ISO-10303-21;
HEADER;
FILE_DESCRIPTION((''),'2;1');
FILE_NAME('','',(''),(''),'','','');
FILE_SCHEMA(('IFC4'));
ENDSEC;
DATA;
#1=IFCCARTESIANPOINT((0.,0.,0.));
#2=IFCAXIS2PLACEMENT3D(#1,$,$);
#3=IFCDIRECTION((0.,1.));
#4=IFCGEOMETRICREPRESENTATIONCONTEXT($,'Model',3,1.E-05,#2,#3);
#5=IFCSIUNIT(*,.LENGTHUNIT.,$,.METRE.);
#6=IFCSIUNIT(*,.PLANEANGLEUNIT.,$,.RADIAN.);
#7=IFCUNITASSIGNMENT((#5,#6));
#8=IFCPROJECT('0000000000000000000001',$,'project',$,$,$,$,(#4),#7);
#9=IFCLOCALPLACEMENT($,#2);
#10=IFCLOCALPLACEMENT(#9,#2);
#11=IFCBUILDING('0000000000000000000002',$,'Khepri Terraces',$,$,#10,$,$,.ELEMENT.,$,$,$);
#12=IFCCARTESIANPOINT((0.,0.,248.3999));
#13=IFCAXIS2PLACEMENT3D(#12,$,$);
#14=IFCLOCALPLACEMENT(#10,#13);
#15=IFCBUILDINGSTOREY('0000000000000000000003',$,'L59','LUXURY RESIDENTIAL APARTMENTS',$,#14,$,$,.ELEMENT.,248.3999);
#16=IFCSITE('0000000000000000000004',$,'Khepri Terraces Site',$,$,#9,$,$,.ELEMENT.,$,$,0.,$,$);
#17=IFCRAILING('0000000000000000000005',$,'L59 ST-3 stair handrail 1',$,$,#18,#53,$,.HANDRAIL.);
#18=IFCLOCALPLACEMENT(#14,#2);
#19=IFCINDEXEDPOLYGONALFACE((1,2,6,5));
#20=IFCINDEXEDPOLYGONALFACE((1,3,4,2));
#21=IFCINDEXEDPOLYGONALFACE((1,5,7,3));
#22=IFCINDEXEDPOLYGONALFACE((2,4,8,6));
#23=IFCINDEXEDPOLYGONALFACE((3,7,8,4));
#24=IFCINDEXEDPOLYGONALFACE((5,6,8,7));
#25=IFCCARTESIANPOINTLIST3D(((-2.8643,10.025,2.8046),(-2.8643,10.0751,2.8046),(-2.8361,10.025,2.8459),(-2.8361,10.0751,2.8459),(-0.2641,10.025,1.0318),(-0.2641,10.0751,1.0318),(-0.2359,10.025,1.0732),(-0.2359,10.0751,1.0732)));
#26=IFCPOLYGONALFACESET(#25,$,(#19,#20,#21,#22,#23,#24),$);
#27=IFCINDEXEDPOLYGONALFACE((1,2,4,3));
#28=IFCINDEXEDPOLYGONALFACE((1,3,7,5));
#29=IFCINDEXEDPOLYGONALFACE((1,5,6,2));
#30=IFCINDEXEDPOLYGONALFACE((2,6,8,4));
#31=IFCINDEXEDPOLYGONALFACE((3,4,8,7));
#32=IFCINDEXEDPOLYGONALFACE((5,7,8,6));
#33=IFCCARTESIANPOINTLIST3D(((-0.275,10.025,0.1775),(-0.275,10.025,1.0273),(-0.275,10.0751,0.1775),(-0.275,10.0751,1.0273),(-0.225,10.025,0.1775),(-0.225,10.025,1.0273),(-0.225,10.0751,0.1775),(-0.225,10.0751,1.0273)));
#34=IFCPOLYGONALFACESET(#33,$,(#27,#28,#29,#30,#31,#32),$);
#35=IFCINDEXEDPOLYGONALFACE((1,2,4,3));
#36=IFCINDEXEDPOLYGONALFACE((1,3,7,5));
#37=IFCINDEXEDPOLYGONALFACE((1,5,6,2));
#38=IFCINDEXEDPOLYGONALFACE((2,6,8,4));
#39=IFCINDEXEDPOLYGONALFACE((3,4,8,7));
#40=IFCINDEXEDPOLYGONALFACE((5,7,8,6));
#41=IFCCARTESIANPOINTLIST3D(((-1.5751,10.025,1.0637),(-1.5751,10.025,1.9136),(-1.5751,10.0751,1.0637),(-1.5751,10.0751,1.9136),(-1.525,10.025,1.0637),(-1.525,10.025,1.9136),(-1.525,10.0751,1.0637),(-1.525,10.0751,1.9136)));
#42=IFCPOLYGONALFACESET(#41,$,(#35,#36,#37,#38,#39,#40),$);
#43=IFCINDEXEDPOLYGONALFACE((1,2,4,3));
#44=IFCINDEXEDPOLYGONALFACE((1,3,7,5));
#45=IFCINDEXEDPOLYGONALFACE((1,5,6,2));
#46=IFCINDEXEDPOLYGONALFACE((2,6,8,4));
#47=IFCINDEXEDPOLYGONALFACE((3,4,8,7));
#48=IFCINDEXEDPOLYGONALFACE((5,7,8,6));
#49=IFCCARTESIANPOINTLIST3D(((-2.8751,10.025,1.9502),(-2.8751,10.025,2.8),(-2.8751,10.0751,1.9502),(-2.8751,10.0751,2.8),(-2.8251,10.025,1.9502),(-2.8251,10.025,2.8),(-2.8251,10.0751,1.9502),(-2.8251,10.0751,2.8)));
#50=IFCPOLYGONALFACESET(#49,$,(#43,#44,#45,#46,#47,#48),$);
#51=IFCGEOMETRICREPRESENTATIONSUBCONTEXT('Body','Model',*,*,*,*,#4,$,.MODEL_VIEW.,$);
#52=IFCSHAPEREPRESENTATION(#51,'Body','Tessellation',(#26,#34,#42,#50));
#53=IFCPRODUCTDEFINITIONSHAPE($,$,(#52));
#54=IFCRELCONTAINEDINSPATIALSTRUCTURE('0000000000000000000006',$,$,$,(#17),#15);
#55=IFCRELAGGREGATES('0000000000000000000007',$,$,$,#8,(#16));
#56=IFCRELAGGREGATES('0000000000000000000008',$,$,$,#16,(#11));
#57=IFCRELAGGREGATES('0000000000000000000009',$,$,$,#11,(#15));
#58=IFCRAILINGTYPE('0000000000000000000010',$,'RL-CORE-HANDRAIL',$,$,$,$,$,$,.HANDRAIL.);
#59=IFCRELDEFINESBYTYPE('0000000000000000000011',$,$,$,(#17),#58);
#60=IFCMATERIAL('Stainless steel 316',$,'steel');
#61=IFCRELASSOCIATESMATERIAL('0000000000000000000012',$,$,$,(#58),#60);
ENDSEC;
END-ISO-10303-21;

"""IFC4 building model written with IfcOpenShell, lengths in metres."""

from ifc_helpers import new_model, si_unit, direction, frame, origin, origin_2d, place, context, subcontext, project, spatial, rectangle, extrude, material, type_object, element, save


model = new_model("IFC4")

# Units and contexts
model_context = context("Model", 3, precision=1e-05, world=origin(), true_north=direction((0.0, 1.0)))
body_context = subcontext(model_context, "Body", "Model", "MODEL_VIEW")
ifc_project = project(units=[si_unit("LENGTHUNIT", "METRE"), si_unit("PLANEANGLEUNIT", "RADIAN")], contexts=[model_context])

# Site, building, storey
site_placement = place(None, origin())
site = spatial("IfcSite", under=ifc_project, at=site_placement, Name="Khepri Terraces Site", CompositionType="ELEMENT", RefElevation=0.0)
building_placement = place(site_placement, origin())
building = spatial("IfcBuilding", under=site, at=building_placement, Name="Khepri Terraces", CompositionType="ELEMENT")
storey_placement = place(building_placement, frame((0.0, 0.0, 248.3999)))
storey = spatial("IfcBuildingStorey", under=building, at=storey_placement, Name="L59", Description="LUXURY RESIDENTIAL APARTMENTS", CompositionType="ELEMENT", Elevation=248.3999)

# Railing
ifc_material_1 = material(Name="Stainless steel 316", Category="steel")
railing_type_1 = type_object("IfcRailingType", Name="RL-CORE-HANDRAIL", PredefinedType="HANDRAIL", material=ifc_material_1)
railing_1_placement = place(storey_placement, frame((-0.25, 10.05, 0.1775)))
element("IfcRailing", 1, at=railing_1_placement, inside=storey, type_object=railing_type_1, Name="L59 ST-3 stair handrail 1", PredefinedType="HANDRAIL", context=body_context, shape_type="SweptSolid", body=[
    extrude(rectangle(XDim=0.05, YDim=0.05, at=origin_2d()), frame((0.0, 0.0, 0.875), z_axis=(-0.82624, 0.0, 0.563318), x_axis=(0.0, -1.0, 0.0)), (0.0, 0.0, 1.0), 3.147),
    extrude(rectangle(XDim=0.05, YDim=0.05, at=origin_2d()), origin(), (0.0, 0.0, 1.0), 0.8499),
    extrude(rectangle(XDim=0.05, YDim=0.05, at=origin_2d()), frame((-1.3, 0.0, 0.8862)), (0.0, 0.0, 1.0), 0.8499),
    extrude(rectangle(XDim=0.05, YDim=0.05, at=origin_2d()), frame((-2.6001, 0.0, 1.7727)), (0.0, 0.0, 1.0), 0.8499),
])

save(model, "model.ifc")
